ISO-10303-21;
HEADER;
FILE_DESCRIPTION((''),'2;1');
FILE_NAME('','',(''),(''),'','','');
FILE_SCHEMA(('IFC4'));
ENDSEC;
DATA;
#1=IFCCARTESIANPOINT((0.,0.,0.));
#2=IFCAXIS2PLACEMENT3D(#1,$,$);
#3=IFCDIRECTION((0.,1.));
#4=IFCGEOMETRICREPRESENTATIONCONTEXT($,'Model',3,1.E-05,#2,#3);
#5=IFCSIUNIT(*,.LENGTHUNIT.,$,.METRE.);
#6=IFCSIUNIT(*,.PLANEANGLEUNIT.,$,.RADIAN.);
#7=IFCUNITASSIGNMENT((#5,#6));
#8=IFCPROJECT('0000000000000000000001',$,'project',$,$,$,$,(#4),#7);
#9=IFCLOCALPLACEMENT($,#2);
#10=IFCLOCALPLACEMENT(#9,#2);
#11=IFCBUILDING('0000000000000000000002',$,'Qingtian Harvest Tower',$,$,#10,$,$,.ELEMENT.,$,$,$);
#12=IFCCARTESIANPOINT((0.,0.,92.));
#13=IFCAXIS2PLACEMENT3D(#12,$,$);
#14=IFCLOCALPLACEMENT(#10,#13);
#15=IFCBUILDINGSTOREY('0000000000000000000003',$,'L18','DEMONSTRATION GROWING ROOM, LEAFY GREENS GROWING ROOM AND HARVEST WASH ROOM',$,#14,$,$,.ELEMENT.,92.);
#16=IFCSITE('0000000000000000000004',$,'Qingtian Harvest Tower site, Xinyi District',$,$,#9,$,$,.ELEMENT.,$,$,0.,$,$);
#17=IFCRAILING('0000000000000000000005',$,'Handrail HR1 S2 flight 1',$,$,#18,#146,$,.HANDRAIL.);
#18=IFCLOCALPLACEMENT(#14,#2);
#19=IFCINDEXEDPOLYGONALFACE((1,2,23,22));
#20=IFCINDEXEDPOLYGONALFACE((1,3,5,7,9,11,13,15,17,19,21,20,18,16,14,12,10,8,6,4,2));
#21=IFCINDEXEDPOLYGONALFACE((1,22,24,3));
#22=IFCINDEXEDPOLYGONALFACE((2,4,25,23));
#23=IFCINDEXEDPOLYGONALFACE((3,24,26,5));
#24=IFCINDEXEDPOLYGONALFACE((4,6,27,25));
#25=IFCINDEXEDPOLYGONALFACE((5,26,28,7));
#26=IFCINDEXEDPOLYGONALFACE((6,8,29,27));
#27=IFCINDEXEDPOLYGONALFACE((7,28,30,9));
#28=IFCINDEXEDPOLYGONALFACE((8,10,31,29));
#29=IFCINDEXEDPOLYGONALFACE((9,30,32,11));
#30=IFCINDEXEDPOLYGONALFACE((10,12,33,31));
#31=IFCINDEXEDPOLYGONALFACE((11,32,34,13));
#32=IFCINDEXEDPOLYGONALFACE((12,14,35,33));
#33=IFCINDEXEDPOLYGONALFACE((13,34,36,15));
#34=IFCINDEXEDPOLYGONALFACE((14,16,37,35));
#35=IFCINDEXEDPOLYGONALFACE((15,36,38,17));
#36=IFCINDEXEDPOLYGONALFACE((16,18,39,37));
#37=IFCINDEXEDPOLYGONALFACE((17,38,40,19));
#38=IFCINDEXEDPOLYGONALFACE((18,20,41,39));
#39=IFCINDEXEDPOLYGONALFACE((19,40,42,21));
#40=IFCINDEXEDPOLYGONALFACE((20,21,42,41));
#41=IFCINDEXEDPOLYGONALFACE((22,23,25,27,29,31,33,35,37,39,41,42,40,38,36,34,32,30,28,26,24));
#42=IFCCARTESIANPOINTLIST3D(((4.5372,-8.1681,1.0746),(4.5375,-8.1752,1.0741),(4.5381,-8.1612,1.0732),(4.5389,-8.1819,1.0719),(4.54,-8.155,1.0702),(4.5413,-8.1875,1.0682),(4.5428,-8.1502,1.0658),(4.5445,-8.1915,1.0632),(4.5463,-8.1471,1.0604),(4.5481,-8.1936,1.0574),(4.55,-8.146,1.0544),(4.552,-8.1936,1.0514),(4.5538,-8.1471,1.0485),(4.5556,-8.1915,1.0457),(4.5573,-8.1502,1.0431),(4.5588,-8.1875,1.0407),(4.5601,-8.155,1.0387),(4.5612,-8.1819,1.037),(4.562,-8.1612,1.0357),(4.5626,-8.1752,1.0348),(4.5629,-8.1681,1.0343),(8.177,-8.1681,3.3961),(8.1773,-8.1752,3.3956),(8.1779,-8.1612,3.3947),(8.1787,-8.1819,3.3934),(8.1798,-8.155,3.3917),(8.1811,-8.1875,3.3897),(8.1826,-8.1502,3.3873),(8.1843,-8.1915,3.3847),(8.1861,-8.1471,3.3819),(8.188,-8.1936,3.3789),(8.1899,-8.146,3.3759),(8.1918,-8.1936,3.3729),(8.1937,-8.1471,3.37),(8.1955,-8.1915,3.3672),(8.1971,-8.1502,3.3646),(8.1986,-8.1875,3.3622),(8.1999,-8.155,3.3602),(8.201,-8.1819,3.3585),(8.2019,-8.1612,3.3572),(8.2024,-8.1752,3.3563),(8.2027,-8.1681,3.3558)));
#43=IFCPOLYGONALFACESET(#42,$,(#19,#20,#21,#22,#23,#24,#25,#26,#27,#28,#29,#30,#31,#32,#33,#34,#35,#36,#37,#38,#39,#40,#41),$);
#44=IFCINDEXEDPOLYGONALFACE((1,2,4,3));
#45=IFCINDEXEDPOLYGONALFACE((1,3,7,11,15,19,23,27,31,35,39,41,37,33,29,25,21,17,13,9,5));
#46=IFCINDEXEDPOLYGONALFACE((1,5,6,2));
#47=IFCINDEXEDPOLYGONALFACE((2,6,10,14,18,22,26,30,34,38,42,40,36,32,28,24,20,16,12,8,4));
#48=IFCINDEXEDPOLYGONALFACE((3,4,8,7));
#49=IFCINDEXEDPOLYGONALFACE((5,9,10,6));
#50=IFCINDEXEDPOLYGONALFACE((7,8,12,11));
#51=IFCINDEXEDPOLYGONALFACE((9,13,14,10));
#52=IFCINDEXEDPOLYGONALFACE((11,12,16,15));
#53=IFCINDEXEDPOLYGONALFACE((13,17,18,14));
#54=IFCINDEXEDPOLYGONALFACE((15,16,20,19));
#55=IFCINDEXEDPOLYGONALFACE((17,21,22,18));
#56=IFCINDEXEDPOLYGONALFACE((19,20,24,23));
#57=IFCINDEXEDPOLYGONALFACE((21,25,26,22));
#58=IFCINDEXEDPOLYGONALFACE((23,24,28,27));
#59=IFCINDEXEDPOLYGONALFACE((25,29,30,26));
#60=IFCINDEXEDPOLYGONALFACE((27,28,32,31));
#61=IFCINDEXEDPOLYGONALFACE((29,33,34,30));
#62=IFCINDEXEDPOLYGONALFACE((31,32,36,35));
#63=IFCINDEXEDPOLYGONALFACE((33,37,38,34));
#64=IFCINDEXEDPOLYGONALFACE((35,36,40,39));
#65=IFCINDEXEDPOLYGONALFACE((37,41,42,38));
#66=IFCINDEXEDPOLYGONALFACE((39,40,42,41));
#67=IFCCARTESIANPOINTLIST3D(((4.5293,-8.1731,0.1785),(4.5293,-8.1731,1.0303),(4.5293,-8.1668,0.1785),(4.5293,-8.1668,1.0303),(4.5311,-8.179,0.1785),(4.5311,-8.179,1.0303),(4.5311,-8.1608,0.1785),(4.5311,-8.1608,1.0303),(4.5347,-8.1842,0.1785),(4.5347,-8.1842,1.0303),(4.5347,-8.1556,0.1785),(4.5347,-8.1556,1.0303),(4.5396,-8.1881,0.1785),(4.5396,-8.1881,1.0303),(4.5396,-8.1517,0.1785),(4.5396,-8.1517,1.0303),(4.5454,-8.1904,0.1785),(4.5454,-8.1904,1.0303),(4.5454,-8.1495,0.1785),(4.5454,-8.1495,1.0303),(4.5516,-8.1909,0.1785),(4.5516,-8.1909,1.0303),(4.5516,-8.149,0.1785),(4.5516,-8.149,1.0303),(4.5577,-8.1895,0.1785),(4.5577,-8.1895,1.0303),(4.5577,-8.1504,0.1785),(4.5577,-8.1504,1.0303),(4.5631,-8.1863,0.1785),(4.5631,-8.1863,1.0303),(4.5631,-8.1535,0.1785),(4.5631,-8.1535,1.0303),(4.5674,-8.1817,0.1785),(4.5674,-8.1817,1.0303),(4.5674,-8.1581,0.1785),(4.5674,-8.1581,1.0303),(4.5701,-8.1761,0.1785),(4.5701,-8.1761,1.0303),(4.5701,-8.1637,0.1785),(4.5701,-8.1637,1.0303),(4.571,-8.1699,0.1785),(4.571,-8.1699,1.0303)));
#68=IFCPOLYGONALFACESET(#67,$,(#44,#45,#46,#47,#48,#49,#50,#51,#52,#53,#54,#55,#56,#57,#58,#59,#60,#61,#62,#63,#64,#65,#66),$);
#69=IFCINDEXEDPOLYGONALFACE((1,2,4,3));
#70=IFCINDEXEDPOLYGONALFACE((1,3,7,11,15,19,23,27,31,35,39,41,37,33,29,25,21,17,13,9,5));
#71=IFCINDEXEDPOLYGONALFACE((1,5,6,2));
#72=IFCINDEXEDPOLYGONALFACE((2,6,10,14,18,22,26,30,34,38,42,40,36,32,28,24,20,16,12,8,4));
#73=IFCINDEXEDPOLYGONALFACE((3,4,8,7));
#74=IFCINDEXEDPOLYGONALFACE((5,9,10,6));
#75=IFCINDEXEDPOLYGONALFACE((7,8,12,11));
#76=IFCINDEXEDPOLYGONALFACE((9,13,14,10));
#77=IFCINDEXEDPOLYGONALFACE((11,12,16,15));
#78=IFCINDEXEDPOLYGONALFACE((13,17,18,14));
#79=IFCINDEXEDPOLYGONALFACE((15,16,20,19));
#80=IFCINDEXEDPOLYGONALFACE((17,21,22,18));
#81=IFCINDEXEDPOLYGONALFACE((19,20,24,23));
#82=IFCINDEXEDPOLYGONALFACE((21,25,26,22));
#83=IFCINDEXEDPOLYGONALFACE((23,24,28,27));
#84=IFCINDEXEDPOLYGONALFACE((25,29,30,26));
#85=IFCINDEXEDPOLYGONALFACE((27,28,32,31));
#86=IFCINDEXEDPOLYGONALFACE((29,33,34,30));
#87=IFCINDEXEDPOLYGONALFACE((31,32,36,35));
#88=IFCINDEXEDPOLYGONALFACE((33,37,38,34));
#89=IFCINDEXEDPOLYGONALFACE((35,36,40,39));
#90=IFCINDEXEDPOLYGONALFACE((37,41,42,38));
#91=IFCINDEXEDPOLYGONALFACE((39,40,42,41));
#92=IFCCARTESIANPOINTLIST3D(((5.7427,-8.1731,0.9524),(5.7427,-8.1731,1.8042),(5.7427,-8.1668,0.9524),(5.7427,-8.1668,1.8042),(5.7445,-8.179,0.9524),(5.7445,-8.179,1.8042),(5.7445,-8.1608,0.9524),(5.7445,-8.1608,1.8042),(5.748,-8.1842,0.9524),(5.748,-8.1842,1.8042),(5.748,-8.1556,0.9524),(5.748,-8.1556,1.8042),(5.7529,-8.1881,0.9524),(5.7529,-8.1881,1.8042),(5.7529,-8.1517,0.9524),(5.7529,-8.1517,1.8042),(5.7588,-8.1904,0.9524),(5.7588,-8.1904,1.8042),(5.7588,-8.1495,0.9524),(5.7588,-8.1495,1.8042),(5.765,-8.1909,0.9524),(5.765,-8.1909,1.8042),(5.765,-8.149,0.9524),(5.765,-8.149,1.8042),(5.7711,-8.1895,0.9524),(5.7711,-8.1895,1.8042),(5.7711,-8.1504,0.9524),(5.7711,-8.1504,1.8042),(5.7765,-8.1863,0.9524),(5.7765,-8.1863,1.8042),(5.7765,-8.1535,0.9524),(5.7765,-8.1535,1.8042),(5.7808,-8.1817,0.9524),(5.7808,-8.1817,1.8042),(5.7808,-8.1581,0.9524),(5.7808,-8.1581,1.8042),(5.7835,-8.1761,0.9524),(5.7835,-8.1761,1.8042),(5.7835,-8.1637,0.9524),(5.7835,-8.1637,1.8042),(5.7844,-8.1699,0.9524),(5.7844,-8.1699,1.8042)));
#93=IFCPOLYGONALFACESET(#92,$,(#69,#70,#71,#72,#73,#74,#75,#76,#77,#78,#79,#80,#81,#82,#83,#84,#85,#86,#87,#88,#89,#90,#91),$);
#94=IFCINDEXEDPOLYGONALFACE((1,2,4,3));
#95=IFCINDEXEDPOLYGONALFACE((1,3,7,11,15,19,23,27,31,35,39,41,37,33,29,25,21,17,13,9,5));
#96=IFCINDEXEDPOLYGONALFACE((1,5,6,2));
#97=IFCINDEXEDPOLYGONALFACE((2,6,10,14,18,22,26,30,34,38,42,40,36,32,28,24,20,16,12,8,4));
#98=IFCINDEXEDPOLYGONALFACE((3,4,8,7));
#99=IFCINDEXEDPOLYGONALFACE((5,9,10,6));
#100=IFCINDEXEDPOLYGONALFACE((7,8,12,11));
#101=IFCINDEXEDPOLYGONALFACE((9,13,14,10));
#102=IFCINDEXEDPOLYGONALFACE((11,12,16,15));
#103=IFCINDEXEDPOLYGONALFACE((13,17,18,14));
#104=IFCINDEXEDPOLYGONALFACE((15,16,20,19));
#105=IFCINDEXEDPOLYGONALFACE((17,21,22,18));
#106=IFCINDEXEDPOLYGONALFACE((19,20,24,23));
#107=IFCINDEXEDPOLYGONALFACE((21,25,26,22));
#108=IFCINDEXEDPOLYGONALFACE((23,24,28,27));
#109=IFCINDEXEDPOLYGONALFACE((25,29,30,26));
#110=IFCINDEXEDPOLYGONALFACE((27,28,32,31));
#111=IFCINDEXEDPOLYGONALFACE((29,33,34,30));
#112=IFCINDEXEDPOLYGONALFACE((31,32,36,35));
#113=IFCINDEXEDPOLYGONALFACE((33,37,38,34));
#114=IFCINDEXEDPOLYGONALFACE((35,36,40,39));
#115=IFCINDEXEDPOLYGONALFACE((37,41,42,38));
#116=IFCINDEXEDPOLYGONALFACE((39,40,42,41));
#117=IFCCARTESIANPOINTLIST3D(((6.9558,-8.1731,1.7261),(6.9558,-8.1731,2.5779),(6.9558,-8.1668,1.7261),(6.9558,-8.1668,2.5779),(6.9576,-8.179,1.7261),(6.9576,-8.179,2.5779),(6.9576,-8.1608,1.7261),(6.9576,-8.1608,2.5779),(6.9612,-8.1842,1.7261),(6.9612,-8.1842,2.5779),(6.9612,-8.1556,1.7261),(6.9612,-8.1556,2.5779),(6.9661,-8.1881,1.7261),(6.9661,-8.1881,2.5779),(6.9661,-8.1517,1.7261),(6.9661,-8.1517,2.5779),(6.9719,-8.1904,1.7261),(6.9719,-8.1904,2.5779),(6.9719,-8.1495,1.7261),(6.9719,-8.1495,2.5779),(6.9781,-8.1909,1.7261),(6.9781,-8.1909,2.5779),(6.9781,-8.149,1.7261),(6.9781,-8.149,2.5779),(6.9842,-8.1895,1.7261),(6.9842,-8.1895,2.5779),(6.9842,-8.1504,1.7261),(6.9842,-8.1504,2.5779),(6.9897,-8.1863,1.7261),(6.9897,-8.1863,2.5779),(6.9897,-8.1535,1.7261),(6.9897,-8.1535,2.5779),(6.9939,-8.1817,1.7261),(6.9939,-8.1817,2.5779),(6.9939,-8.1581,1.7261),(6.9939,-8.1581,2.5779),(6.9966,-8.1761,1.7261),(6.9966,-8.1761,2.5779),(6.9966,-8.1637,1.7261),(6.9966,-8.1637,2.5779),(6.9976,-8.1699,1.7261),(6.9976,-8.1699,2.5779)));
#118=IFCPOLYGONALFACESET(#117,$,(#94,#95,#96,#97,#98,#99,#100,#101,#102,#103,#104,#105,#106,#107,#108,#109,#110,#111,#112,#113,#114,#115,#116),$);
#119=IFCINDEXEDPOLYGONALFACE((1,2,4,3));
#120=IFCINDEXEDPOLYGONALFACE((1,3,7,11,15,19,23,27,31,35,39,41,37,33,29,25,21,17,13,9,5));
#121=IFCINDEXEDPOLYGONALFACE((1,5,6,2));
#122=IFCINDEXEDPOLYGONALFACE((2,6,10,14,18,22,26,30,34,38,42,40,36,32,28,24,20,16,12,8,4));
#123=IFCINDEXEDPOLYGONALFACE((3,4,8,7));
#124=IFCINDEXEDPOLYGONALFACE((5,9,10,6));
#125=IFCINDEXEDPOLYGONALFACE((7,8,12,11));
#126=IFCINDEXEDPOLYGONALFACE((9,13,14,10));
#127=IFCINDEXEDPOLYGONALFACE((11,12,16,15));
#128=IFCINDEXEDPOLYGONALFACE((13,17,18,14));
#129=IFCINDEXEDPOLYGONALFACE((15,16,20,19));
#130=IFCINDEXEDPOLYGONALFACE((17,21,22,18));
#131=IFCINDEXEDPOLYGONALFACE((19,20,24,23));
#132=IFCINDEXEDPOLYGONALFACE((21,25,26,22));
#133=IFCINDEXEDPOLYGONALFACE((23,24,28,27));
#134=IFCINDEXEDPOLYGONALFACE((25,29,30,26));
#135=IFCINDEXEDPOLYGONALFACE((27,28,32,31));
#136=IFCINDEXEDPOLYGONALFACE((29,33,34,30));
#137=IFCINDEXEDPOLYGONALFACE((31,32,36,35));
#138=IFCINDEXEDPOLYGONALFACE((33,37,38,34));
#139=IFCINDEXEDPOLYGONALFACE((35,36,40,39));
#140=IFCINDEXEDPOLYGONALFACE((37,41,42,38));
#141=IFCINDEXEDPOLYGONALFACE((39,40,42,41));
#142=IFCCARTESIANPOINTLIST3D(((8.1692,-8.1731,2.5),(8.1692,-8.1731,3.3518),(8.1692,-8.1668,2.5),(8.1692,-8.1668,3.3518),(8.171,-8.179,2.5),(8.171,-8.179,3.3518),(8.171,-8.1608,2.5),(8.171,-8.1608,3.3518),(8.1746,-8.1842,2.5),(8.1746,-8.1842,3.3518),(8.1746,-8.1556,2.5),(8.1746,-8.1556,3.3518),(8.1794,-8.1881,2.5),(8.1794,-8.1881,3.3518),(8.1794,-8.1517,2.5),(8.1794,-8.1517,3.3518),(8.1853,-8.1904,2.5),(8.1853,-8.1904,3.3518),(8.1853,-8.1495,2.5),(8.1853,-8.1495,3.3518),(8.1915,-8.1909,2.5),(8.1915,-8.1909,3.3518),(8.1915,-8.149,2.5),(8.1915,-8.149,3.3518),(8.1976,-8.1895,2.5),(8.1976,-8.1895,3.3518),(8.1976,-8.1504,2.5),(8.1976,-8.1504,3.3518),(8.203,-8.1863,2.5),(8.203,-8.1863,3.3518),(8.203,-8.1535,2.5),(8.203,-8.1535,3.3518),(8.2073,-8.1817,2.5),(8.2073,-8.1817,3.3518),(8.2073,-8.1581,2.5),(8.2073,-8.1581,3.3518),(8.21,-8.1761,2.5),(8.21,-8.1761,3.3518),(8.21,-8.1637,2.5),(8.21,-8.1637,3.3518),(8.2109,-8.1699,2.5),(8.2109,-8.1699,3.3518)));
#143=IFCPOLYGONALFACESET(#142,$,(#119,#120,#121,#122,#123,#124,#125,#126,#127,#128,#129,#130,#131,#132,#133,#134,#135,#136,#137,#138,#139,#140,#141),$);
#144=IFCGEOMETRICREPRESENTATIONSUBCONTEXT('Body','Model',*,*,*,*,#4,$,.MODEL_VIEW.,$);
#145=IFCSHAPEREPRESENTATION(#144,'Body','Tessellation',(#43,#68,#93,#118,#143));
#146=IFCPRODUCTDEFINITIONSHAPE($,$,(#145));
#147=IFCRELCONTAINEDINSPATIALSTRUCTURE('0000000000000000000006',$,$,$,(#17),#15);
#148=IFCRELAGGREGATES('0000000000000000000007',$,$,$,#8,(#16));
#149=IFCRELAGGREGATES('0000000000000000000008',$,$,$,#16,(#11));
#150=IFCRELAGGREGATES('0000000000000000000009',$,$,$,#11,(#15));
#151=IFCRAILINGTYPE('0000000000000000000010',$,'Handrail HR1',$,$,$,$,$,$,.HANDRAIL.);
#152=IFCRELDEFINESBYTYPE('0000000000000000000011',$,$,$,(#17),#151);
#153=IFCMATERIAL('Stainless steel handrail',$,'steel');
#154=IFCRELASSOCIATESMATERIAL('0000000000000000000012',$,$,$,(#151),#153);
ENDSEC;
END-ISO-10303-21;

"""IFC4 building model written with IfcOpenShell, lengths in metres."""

from ifc_helpers import new_model, si_unit, direction, frame, origin, origin_2d, place, context, subcontext, project, spatial, circle, extrude, material, type_object, element, save


model = new_model("IFC4")

# Units and contexts
model_context = context("Model", 3, precision=1e-05, world=origin(), true_north=direction((0.0, 1.0)))
body_context = subcontext(model_context, "Body", "Model", "MODEL_VIEW")
ifc_project = project(units=[si_unit("LENGTHUNIT", "METRE"), si_unit("PLANEANGLEUNIT", "RADIAN")], contexts=[model_context])

# Site, building, storey
site_placement = place(None, origin())
site = spatial("IfcSite", under=ifc_project, at=site_placement, Name="Qingtian Harvest Tower site, Xinyi District", CompositionType="ELEMENT", RefElevation=0.0)
building_placement = place(site_placement, origin())
building = spatial("IfcBuilding", under=site, at=building_placement, Name="Qingtian Harvest Tower", CompositionType="ELEMENT")
storey_placement = place(building_placement, frame((0.0, 0.0, 92.0)))
storey = spatial("IfcBuildingStorey", under=building, at=storey_placement, Name="L18", Description="DEMONSTRATION GROWING ROOM, LEAFY GREENS GROWING ROOM AND HARVEST WASH ROOM", CompositionType="ELEMENT", Elevation=92.0)

# Railing
ifc_material_1 = material(Name="Stainless steel handrail", Category="steel")
railing_type = type_object("IfcRailingType", Name="Handrail HR1", PredefinedType="HANDRAIL", material=ifc_material_1)
railing_1_placement = place(storey_placement, frame((4.55, -8.1699, 0.1785)))
element("IfcRailing", 1, at=railing_1_placement, inside=storey, type_object=railing_type, Name="Handrail HR1 S2 flight 1", PredefinedType="HANDRAIL", context=body_context, shape_type="SweptSolid", body=[
    extrude(circle(Radius=0.0239, at=origin_2d()), frame((0.0, 0.0, 0.876), z_axis=(0.843112, 0.0, 0.537739), x_axis=(0.0, 1.0, 0.0)), (0.0, 0.0, 1.0), 4.3171),
    extrude(circle(Radius=0.021, at=origin_2d()), origin(), (0.0, 0.0, 1.0), 0.8518),
    extrude(circle(Radius=0.021, at=origin_2d()), frame((1.2134, 0.0, 0.7739)), (0.0, 0.0, 1.0), 0.8518),
    extrude(circle(Radius=0.021, at=origin_2d()), frame((2.4265, 0.0, 1.5476)), (0.0, 0.0, 1.0), 0.8518),
    extrude(circle(Radius=0.021, at=origin_2d()), frame((3.6399, 0.0, 2.3215)), (0.0, 0.0, 1.0), 0.8518),
])

save(model, "model.ifc")
